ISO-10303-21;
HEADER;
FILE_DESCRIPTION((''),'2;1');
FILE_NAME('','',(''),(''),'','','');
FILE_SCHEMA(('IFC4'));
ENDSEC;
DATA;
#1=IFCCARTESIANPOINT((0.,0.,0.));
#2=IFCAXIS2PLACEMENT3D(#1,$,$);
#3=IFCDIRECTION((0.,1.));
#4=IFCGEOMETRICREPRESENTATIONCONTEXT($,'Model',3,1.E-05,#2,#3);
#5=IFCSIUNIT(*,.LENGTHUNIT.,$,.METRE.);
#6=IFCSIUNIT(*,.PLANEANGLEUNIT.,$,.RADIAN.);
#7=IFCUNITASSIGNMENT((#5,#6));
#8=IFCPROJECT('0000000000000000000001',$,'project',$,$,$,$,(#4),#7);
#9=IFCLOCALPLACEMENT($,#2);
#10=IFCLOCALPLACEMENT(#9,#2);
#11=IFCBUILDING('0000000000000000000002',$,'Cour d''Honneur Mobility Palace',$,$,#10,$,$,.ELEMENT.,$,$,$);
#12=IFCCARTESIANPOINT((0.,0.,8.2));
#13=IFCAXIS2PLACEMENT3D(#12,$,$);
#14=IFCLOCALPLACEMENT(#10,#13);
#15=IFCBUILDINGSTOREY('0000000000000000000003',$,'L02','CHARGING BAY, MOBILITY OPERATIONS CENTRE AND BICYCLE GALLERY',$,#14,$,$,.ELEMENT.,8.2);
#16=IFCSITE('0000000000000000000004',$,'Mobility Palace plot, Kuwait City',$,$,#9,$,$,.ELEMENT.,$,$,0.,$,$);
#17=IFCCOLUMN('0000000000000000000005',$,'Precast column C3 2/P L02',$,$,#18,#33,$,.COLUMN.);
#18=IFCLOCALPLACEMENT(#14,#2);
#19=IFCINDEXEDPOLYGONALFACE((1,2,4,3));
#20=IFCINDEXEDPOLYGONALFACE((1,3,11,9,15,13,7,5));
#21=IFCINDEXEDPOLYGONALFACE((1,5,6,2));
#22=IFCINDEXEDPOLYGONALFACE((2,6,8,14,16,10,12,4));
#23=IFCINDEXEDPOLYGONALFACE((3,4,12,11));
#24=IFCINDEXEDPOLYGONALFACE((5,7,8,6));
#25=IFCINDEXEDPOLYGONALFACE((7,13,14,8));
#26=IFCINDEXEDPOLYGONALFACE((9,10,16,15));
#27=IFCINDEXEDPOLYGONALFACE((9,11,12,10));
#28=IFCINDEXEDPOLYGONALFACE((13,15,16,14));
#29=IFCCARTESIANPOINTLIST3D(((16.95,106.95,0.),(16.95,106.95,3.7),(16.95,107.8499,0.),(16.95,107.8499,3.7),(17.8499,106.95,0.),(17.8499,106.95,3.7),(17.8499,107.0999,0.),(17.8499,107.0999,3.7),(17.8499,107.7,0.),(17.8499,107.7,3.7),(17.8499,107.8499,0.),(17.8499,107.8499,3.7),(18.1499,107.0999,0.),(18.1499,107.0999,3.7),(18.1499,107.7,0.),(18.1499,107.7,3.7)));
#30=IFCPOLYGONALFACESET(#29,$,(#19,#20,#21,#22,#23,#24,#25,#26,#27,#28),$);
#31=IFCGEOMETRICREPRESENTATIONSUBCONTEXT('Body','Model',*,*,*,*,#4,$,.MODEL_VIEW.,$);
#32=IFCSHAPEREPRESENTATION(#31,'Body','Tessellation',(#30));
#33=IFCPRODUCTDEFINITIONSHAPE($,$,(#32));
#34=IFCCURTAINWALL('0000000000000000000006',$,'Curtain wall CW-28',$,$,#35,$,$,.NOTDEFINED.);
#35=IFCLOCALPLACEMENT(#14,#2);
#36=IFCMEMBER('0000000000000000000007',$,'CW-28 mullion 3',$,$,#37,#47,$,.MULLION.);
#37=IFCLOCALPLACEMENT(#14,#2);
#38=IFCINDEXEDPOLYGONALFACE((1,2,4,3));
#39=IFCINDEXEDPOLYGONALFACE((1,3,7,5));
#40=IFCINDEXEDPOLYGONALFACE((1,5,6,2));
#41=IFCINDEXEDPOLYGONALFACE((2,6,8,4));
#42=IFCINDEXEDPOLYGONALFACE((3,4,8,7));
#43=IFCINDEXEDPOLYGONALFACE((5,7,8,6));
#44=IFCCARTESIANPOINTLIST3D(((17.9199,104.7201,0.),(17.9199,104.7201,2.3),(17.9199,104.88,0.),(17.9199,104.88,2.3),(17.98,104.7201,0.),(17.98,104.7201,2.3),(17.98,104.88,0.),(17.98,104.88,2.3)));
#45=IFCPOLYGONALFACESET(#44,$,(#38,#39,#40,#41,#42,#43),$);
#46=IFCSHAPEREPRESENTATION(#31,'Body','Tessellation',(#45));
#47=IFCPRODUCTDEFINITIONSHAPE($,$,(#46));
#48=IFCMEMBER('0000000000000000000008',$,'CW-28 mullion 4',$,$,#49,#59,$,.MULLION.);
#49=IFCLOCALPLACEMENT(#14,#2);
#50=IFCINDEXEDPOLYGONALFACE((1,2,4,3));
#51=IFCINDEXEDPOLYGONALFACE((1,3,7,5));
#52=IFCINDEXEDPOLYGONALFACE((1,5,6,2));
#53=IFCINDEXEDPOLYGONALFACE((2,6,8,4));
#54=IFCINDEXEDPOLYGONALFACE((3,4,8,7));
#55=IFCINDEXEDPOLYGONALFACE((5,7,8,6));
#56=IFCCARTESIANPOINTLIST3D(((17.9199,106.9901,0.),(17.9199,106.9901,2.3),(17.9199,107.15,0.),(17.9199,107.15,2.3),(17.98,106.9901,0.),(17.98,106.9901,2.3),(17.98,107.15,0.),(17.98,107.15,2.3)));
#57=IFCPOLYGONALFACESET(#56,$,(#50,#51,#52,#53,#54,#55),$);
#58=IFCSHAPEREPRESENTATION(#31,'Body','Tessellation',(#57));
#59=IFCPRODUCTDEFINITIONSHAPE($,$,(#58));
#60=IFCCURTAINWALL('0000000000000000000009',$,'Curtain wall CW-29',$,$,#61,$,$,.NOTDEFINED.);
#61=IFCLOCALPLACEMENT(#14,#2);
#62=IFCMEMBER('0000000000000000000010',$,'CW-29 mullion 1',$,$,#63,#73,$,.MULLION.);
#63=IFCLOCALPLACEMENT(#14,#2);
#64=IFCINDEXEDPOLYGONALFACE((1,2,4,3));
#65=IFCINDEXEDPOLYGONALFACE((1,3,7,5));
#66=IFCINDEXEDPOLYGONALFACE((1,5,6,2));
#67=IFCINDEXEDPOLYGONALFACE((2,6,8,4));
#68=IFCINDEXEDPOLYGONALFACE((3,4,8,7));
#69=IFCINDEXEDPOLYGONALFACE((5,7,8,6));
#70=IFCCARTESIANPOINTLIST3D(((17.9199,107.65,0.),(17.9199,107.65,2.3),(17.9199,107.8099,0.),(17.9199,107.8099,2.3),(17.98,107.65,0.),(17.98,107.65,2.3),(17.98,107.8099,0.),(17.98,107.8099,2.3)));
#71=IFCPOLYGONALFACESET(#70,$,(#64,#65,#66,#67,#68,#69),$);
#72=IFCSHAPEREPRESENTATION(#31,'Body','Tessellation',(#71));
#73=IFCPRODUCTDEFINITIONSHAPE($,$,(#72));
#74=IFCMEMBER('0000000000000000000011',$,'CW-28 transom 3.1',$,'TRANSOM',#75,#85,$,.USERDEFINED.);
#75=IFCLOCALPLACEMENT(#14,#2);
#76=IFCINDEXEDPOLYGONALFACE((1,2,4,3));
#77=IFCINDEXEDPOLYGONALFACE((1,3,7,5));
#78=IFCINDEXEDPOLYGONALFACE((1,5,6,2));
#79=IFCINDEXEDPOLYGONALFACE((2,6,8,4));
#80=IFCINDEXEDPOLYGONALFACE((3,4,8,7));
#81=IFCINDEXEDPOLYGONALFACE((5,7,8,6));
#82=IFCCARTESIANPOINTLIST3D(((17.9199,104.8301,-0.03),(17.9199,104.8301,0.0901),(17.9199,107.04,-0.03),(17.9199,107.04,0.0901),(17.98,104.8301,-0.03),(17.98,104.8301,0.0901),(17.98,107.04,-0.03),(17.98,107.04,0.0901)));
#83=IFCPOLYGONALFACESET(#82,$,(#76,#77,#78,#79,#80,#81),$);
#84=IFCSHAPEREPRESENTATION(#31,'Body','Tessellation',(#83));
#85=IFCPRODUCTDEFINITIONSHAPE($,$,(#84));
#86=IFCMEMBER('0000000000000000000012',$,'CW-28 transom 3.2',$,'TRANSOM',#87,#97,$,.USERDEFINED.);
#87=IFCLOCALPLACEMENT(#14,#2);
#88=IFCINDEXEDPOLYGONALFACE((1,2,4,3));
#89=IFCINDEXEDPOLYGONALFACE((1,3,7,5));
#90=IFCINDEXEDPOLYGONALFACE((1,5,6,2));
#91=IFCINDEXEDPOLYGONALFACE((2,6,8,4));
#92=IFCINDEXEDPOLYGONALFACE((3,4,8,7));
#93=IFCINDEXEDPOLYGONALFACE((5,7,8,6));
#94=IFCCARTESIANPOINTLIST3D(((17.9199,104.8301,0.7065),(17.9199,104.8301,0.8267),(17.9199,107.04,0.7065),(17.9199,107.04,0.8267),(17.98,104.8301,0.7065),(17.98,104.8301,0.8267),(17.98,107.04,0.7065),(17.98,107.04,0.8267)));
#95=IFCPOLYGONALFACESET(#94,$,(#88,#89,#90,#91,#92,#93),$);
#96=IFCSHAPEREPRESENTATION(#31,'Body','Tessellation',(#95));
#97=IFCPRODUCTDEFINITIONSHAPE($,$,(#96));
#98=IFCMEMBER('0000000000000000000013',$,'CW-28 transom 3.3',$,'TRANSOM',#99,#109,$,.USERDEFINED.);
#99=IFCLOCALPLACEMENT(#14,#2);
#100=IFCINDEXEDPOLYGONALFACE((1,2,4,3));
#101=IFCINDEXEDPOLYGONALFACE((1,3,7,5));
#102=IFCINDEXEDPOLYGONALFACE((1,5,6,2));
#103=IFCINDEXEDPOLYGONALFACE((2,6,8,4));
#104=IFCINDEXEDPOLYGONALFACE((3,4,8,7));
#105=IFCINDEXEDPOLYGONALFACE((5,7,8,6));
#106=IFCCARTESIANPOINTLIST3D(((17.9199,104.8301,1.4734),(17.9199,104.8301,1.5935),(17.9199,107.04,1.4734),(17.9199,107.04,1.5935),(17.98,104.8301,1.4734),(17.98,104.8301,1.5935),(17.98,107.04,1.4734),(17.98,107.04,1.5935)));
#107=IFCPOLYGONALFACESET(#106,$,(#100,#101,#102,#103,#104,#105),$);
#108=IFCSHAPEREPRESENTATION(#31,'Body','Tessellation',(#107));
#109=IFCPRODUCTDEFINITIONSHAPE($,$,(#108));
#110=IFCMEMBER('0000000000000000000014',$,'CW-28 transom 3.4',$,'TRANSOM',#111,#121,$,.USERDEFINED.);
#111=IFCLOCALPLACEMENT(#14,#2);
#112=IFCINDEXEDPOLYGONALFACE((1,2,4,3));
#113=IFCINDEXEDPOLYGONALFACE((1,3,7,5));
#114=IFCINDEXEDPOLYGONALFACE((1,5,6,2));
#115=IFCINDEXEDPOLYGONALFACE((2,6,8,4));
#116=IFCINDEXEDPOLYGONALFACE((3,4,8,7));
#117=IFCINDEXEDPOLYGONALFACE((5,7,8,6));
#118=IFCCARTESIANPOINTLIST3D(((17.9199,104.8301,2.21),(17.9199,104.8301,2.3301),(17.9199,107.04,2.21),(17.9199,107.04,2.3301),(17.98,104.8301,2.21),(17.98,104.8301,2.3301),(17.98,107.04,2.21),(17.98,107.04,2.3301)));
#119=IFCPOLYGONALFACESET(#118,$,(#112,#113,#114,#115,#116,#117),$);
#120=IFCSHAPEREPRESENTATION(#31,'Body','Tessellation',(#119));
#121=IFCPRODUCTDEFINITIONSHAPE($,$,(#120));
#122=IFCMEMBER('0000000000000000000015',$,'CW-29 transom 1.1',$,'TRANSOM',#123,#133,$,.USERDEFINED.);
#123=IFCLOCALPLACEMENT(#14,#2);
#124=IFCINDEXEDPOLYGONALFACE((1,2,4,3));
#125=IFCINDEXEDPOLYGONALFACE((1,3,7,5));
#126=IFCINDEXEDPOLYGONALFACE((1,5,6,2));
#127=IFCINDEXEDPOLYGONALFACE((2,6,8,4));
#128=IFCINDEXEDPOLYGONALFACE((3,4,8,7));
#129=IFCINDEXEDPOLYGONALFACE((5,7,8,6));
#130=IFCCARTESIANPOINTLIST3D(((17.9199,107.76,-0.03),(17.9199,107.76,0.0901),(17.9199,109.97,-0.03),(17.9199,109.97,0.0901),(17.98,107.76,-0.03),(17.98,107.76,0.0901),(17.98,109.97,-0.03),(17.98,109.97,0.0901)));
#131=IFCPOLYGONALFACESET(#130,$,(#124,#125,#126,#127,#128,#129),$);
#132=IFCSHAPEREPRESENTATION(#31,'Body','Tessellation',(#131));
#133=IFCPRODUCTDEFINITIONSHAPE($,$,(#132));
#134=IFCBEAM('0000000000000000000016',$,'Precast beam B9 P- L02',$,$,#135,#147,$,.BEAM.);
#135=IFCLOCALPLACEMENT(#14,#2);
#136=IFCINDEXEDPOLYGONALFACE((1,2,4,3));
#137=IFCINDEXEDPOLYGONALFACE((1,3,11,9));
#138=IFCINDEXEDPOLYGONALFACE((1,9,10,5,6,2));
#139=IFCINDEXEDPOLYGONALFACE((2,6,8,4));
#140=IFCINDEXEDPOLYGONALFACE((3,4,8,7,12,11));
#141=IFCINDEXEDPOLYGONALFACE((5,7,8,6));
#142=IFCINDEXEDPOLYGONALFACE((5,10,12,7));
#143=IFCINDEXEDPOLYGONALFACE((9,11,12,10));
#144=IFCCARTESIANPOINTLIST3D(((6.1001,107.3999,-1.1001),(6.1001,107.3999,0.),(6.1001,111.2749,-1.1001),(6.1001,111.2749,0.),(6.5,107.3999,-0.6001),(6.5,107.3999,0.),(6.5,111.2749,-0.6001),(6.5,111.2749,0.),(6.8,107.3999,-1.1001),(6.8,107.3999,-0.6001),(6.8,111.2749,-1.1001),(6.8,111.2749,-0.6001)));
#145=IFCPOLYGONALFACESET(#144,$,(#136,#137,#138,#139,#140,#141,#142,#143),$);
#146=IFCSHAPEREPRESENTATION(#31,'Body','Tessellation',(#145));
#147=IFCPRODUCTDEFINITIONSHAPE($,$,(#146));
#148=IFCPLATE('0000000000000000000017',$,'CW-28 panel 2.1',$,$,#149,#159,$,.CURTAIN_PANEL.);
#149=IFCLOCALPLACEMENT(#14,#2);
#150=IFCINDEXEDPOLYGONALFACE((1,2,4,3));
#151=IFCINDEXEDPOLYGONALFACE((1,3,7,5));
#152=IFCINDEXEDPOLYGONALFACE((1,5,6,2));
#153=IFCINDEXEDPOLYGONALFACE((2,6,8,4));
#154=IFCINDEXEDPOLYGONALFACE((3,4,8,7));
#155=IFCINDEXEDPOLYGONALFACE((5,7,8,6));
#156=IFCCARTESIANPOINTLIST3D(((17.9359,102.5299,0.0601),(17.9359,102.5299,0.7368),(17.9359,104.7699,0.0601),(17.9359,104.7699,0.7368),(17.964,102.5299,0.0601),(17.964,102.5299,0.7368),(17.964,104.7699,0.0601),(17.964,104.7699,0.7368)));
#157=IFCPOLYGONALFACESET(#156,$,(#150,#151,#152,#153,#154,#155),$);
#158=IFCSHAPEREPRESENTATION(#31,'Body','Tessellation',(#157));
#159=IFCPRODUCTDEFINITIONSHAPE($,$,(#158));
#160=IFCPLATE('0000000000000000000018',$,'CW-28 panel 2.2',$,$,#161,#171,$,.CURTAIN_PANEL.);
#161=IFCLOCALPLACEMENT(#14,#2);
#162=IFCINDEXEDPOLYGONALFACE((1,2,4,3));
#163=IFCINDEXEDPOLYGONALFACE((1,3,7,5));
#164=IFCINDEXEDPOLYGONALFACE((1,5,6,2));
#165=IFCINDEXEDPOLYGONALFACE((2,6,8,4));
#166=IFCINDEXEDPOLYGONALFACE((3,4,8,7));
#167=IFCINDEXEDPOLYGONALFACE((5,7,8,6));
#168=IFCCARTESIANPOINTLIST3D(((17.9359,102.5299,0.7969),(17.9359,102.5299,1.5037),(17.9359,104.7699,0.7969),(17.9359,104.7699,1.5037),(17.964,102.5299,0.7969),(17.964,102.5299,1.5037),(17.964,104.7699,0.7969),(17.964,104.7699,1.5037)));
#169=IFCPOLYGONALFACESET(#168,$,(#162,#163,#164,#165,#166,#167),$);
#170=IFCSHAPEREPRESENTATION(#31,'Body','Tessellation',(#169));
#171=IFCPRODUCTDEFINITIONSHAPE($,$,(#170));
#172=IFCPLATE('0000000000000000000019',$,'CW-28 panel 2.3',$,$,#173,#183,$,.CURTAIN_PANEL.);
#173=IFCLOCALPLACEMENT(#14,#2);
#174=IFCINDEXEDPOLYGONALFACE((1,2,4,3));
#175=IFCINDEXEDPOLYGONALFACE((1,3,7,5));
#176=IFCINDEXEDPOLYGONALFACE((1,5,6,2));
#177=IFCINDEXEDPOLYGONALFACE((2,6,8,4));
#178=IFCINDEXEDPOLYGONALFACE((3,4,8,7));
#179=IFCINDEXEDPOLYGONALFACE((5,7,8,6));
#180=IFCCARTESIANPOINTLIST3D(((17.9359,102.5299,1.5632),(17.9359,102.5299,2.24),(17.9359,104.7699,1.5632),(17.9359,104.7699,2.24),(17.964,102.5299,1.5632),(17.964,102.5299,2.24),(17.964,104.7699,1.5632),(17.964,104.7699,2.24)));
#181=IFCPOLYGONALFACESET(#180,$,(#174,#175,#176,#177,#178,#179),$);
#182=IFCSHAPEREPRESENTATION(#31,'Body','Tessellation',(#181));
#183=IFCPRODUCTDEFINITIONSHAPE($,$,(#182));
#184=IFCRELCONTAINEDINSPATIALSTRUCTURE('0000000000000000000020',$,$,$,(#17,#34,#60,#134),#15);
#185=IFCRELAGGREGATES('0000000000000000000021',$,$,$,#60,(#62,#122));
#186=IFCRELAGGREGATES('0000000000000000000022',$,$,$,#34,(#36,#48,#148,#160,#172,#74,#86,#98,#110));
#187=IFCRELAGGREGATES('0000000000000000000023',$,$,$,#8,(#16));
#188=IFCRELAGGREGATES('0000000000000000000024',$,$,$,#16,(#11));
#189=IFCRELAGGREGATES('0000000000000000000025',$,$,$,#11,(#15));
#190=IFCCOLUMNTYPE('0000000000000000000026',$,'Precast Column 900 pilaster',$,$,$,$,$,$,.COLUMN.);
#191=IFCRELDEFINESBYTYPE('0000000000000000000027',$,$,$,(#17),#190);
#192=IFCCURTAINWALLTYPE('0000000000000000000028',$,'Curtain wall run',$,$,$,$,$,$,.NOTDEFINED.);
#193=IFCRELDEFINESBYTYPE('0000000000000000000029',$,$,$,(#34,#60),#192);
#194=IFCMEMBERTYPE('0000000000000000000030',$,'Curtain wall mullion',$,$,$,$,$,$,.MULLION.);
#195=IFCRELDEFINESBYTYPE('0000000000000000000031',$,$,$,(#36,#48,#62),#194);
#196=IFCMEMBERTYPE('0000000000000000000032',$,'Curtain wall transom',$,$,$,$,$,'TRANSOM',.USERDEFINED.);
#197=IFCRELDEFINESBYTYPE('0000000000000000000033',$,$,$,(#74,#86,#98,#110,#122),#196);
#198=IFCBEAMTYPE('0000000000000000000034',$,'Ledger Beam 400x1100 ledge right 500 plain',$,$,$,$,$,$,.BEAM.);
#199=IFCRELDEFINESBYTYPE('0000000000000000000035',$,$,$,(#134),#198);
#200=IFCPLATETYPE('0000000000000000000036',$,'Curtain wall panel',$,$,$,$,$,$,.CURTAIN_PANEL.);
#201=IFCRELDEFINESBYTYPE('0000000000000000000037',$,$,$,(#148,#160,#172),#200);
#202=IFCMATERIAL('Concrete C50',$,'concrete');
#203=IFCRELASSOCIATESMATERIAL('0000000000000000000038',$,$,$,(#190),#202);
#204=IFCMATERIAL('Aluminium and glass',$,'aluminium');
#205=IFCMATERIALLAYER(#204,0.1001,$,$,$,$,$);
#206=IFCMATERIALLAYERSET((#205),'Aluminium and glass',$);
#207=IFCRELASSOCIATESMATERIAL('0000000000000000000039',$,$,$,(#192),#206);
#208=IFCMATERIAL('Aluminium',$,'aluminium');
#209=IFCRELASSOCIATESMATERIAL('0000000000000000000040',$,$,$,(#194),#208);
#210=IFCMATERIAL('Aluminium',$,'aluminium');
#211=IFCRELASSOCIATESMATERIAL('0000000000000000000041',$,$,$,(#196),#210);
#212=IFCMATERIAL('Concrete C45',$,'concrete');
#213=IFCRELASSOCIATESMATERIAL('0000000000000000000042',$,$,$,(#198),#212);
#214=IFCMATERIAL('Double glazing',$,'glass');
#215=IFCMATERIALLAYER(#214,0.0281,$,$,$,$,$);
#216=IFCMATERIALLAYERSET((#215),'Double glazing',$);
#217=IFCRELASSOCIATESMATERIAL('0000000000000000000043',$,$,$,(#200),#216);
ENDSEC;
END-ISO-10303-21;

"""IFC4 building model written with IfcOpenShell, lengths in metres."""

from ifc_helpers import new_model, si_unit, direction, frame, origin, origin_2d, place, context, subcontext, project, spatial, polyline, rectangle, outline, extrude, material, layer, layer_set, material_profile, profile_set, type_object, element, aggregate, save


model = new_model("IFC4")

# Units and contexts
model_context = context("Model", 3, precision=1e-05, world=origin(), true_north=direction((0.0, 1.0)))
body_context = subcontext(model_context, "Body", "Model", "MODEL_VIEW")
ifc_project = project(units=[si_unit("LENGTHUNIT", "METRE"), si_unit("PLANEANGLEUNIT", "RADIAN")], contexts=[model_context])

# Site, building, storey
site_placement = place(None, origin())
site = spatial("IfcSite", under=ifc_project, at=site_placement, Name="Mobility Palace plot, Kuwait City", CompositionType="ELEMENT", RefElevation=0.0)
building_placement = place(site_placement, origin())
building = spatial("IfcBuilding", under=site, at=building_placement, Name="Cour d'Honneur Mobility Palace", CompositionType="ELEMENT")
storey_placement = place(building_placement, frame((0.0, 0.0, 8.2)))
storey = spatial("IfcBuildingStorey", under=building, at=storey_placement, Name="L02", Description="CHARGING BAY, MOBILITY OPERATIONS CENTRE AND BICYCLE GALLERY", CompositionType="ELEMENT", Elevation=8.2)

# Column
ifc_material_1 = material(Name="Concrete C50", Category="concrete")
ifc_material_profile_1 = material_profile(ifc_material_1, outline(polyline([(-0.45, -0.45), (0.45, -0.45), (0.45, -0.3), (0.75, -0.3), (0.75, 0.3), (0.45, 0.3), (0.45, 0.45), (-0.45, 0.45), (-0.45, -0.45)])), Name="PC C900 pilaster")
ifc_profile_set_1 = profile_set([ifc_material_profile_1], Name="Concrete C50")
column_type = type_object("IfcColumnType", Name="Precast Column 900 pilaster", PredefinedType="COLUMN", material=ifc_profile_set_1)
column_placement = place(storey_placement, frame((17.3999, 107.3999, 0.0), z_axis=(0.0, 0.0, 1.0), x_axis=(1.0, 0.0, 0.0)))
element("IfcColumn", 1, at=column_placement, inside=storey, type_object=column_type, Name="Precast column C3 2/P L02", PredefinedType="COLUMN", context=body_context, shape_type="SweptSolid", body=[
    extrude(outline(polyline([(-0.45, -0.45), (0.45, -0.45), (0.45, -0.3), (0.75, -0.3), (0.75, 0.3), (0.45, 0.3), (0.45, 0.45), (-0.45, 0.45), (-0.45, -0.45)])), origin(), (0.0, 0.0, 1.0), 3.7),
])

# Curtain wall, members
ifc_material_2 = material(Name="Aluminium and glass", Category="aluminium")
ifc_layer_1 = layer(ifc_material_2, 0.1001)
ifc_layer_set_1 = layer_set([ifc_layer_1], Name="Aluminium and glass")
curtain_wall_type = type_object("IfcCurtainWallType", Name="Curtain wall run", PredefinedType="NOTDEFINED", material=ifc_layer_set_1)
curtain_wall_1_placement = place(storey_placement, origin())
curtain_wall_1 = element("IfcCurtainWall", 2, at=curtain_wall_1_placement, inside=storey, type_object=curtain_wall_type, Name="Curtain wall CW-28", PredefinedType="NOTDEFINED")
ifc_material_3 = material(Name="Aluminium", Category="aluminium")
ifc_material_profile_2 = material_profile(ifc_material_3, rectangle(XDim=0.0601, YDim=0.1599, at=origin_2d()), Name="Curtain wall mullion")
ifc_profile_set_2 = profile_set([ifc_material_profile_2], Name="Aluminium")
member_type_1 = type_object("IfcMemberType", Name="Curtain wall mullion", PredefinedType="MULLION", material=ifc_profile_set_2)
member_1_placement = place(storey_placement, frame((17.95, 104.8, 0.0), z_axis=(0.0, 0.0, 1.0), x_axis=(-1.0, 0.0, 0.0)))
member_1 = element("IfcMember", 3, at=member_1_placement, type_object=member_type_1, Name="CW-28 mullion 3", PredefinedType="MULLION", context=body_context, shape_type="SweptSolid", body=[
    extrude(rectangle(XDim=0.0601, YDim=0.1599, at=origin_2d()), origin(), (0.0, 0.0, 1.0), 2.3),
])
member_2_placement = place(storey_placement, frame((17.95, 107.0701, 0.0), z_axis=(0.0, 0.0, 1.0), x_axis=(-1.0, 0.0, 0.0)))
member_2 = element("IfcMember", 4, at=member_2_placement, type_object=member_type_1, Name="CW-28 mullion 4", PredefinedType="MULLION", context=body_context, shape_type="SweptSolid", body=[
    extrude(rectangle(XDim=0.0601, YDim=0.1599, at=origin_2d()), origin(), (0.0, 0.0, 1.0), 2.3),
])

# Curtain wall, member
curtain_wall_2_placement = place(storey_placement, origin())
curtain_wall_2 = element("IfcCurtainWall", 5, at=curtain_wall_2_placement, inside=storey, type_object=curtain_wall_type, Name="Curtain wall CW-29", PredefinedType="NOTDEFINED")
member_3_placement = place(storey_placement, frame((17.95, 107.73, 0.0), z_axis=(0.0, 0.0, 1.0), x_axis=(-1.0, 0.0, 0.0)))
member_3 = element("IfcMember", 6, at=member_3_placement, type_object=member_type_1, Name="CW-29 mullion 1", PredefinedType="MULLION", context=body_context, shape_type="SweptSolid", body=[
    extrude(rectangle(XDim=0.0601, YDim=0.1599, at=origin_2d()), origin(), (0.0, 0.0, 1.0), 2.3),
])

# Members
ifc_material_4 = material(Name="Aluminium", Category="aluminium")
ifc_material_profile_3 = material_profile(ifc_material_4, rectangle(XDim=0.0601, YDim=0.1201, at=origin_2d()), Name="Curtain wall transom")
ifc_profile_set_3 = profile_set([ifc_material_profile_3], Name="Aluminium")
member_type_2 = type_object("IfcMemberType", Name="Curtain wall transom", ElementType="TRANSOM", PredefinedType="USERDEFINED", material=ifc_profile_set_3)
member_4_placement = place(storey_placement, frame((17.95, 104.8301, 0.03), z_axis=(0.0, 1.0, 0.0), x_axis=(-1.0, 0.0, 0.0)))
member_4 = element("IfcMember", 7, at=member_4_placement, type_object=member_type_2, Name="CW-28 transom 3.1", ObjectType="TRANSOM", PredefinedType="USERDEFINED", context=body_context, shape_type="SweptSolid", body=[
    extrude(rectangle(XDim=0.0601, YDim=0.1201, at=origin_2d()), origin(), (0.0, 0.0, 1.0), 2.21),
])
member_5_placement = place(storey_placement, frame((17.95, 104.8301, 0.7666), z_axis=(0.0, 1.0, 0.0), x_axis=(-1.0, 0.0, 0.0)))
member_5 = element("IfcMember", 8, at=member_5_placement, type_object=member_type_2, Name="CW-28 transom 3.2", ObjectType="TRANSOM", PredefinedType="USERDEFINED", context=body_context, shape_type="SweptSolid", body=[
    extrude(rectangle(XDim=0.0601, YDim=0.1201, at=origin_2d()), origin(), (0.0, 0.0, 1.0), 2.21),
])
member_6_placement = place(storey_placement, frame((17.95, 104.8301, 1.5334), z_axis=(0.0, 1.0, 0.0), x_axis=(-1.0, 0.0, 0.0)))
member_6 = element("IfcMember", 9, at=member_6_placement, type_object=member_type_2, Name="CW-28 transom 3.3", ObjectType="TRANSOM", PredefinedType="USERDEFINED", context=body_context, shape_type="SweptSolid", body=[
    extrude(rectangle(XDim=0.0601, YDim=0.1201, at=origin_2d()), origin(), (0.0, 0.0, 1.0), 2.21),
])
member_7_placement = place(storey_placement, frame((17.95, 104.8301, 2.27), z_axis=(0.0, 1.0, 0.0), x_axis=(-1.0, 0.0, 0.0)))
member_7 = element("IfcMember", 10, at=member_7_placement, type_object=member_type_2, Name="CW-28 transom 3.4", ObjectType="TRANSOM", PredefinedType="USERDEFINED", context=body_context, shape_type="SweptSolid", body=[
    extrude(rectangle(XDim=0.0601, YDim=0.1201, at=origin_2d()), origin(), (0.0, 0.0, 1.0), 2.21),
])
member_8_placement = place(storey_placement, frame((17.95, 107.76, 0.03), z_axis=(0.0, 1.0, 0.0), x_axis=(-1.0, 0.0, 0.0)))
member_8 = element("IfcMember", 11, at=member_8_placement, type_object=member_type_2, Name="CW-29 transom 1.1", ObjectType="TRANSOM", PredefinedType="USERDEFINED", context=body_context, shape_type="SweptSolid", body=[
    extrude(rectangle(XDim=0.0601, YDim=0.1201, at=origin_2d()), origin(), (0.0, 0.0, 1.0), 2.21),
])
aggregate(curtain_wall_2, [member_3, member_8])

# Beam
ifc_material_5 = material(Name="Concrete C45", Category="concrete")
ifc_material_profile_4 = material_profile(ifc_material_5, outline(polyline([(0.2, -1.1001), (0.2, 0.0), (-0.2, 0.0), (-0.2, -0.6001), (-0.5, -0.6001), (-0.5, -1.1001), (0.2, -1.1001)])), Name="Ledger Beam 400x1100 ledge right 500 plain")
ifc_profile_set_4 = profile_set([ifc_material_profile_4], Name="Concrete C45")
beam_type = type_object("IfcBeamType", Name="Ledger Beam 400x1100 ledge right 500 plain", PredefinedType="BEAM", material=ifc_profile_set_4)
beam_placement = place(storey_placement, frame((6.3, 107.3999, 0.0), z_axis=(0.0, 1.0, 0.0), x_axis=(-1.0, 0.0, 0.0)))
element("IfcBeam", 12, at=beam_placement, inside=storey, type_object=beam_type, Name="Precast beam B9 P- L02", PredefinedType="BEAM", context=body_context, shape_type="SweptSolid", body=[
    extrude(outline(polyline([(0.2, -1.1001), (0.2, 0.0), (-0.2, 0.0), (-0.2, -0.6001), (-0.5, -0.6001), (-0.5, -1.1001), (0.2, -1.1001)])), origin(), (0.0, 0.0, 1.0), 3.875),
])

# Plates
ifc_material_6 = material(Name="Double glazing", Category="glass")
ifc_layer_2 = layer(ifc_material_6, 0.0281)
ifc_layer_set_2 = layer_set([ifc_layer_2], Name="Double glazing")
plate_type = type_object("IfcPlateType", Name="Curtain wall panel", PredefinedType="CURTAIN_PANEL", material=ifc_layer_set_2)
plate_1_placement = place(storey_placement, frame((17.95, 103.6499, 0.0601), z_axis=(0.0, 0.0, 1.0), x_axis=(0.0, 1.0, 0.0)))
plate_1 = element("IfcPlate", 13, at=plate_1_placement, type_object=plate_type, Name="CW-28 panel 2.1", PredefinedType="CURTAIN_PANEL", context=body_context, shape_type="SweptSolid", body=[
    extrude(rectangle(XDim=2.24, YDim=0.0281, at=origin_2d()), origin(), (0.0, 0.0, 1.0), 0.6768),
])
plate_2_placement = place(storey_placement, frame((17.95, 103.6499, 0.7969), z_axis=(0.0, 0.0, 1.0), x_axis=(0.0, 1.0, 0.0)))
plate_2 = element("IfcPlate", 14, at=plate_2_placement, type_object=plate_type, Name="CW-28 panel 2.2", PredefinedType="CURTAIN_PANEL", context=body_context, shape_type="SweptSolid", body=[
    extrude(rectangle(XDim=2.24, YDim=0.0281, at=origin_2d()), origin(), (0.0, 0.0, 1.0), 0.7068),
])
plate_3_placement = place(storey_placement, frame((17.95, 103.6499, 1.5632), z_axis=(0.0, 0.0, 1.0), x_axis=(0.0, 1.0, 0.0)))
plate_3 = element("IfcPlate", 15, at=plate_3_placement, type_object=plate_type, Name="CW-28 panel 2.3", PredefinedType="CURTAIN_PANEL", context=body_context, shape_type="SweptSolid", body=[
    extrude(rectangle(XDim=2.24, YDim=0.0281, at=origin_2d()), origin(), (0.0, 0.0, 1.0), 0.6768),
])
aggregate(curtain_wall_1, [member_1, member_2, plate_1, plate_2, plate_3, member_4, member_5, member_6, member_7])

save(model, "model.ifc")
